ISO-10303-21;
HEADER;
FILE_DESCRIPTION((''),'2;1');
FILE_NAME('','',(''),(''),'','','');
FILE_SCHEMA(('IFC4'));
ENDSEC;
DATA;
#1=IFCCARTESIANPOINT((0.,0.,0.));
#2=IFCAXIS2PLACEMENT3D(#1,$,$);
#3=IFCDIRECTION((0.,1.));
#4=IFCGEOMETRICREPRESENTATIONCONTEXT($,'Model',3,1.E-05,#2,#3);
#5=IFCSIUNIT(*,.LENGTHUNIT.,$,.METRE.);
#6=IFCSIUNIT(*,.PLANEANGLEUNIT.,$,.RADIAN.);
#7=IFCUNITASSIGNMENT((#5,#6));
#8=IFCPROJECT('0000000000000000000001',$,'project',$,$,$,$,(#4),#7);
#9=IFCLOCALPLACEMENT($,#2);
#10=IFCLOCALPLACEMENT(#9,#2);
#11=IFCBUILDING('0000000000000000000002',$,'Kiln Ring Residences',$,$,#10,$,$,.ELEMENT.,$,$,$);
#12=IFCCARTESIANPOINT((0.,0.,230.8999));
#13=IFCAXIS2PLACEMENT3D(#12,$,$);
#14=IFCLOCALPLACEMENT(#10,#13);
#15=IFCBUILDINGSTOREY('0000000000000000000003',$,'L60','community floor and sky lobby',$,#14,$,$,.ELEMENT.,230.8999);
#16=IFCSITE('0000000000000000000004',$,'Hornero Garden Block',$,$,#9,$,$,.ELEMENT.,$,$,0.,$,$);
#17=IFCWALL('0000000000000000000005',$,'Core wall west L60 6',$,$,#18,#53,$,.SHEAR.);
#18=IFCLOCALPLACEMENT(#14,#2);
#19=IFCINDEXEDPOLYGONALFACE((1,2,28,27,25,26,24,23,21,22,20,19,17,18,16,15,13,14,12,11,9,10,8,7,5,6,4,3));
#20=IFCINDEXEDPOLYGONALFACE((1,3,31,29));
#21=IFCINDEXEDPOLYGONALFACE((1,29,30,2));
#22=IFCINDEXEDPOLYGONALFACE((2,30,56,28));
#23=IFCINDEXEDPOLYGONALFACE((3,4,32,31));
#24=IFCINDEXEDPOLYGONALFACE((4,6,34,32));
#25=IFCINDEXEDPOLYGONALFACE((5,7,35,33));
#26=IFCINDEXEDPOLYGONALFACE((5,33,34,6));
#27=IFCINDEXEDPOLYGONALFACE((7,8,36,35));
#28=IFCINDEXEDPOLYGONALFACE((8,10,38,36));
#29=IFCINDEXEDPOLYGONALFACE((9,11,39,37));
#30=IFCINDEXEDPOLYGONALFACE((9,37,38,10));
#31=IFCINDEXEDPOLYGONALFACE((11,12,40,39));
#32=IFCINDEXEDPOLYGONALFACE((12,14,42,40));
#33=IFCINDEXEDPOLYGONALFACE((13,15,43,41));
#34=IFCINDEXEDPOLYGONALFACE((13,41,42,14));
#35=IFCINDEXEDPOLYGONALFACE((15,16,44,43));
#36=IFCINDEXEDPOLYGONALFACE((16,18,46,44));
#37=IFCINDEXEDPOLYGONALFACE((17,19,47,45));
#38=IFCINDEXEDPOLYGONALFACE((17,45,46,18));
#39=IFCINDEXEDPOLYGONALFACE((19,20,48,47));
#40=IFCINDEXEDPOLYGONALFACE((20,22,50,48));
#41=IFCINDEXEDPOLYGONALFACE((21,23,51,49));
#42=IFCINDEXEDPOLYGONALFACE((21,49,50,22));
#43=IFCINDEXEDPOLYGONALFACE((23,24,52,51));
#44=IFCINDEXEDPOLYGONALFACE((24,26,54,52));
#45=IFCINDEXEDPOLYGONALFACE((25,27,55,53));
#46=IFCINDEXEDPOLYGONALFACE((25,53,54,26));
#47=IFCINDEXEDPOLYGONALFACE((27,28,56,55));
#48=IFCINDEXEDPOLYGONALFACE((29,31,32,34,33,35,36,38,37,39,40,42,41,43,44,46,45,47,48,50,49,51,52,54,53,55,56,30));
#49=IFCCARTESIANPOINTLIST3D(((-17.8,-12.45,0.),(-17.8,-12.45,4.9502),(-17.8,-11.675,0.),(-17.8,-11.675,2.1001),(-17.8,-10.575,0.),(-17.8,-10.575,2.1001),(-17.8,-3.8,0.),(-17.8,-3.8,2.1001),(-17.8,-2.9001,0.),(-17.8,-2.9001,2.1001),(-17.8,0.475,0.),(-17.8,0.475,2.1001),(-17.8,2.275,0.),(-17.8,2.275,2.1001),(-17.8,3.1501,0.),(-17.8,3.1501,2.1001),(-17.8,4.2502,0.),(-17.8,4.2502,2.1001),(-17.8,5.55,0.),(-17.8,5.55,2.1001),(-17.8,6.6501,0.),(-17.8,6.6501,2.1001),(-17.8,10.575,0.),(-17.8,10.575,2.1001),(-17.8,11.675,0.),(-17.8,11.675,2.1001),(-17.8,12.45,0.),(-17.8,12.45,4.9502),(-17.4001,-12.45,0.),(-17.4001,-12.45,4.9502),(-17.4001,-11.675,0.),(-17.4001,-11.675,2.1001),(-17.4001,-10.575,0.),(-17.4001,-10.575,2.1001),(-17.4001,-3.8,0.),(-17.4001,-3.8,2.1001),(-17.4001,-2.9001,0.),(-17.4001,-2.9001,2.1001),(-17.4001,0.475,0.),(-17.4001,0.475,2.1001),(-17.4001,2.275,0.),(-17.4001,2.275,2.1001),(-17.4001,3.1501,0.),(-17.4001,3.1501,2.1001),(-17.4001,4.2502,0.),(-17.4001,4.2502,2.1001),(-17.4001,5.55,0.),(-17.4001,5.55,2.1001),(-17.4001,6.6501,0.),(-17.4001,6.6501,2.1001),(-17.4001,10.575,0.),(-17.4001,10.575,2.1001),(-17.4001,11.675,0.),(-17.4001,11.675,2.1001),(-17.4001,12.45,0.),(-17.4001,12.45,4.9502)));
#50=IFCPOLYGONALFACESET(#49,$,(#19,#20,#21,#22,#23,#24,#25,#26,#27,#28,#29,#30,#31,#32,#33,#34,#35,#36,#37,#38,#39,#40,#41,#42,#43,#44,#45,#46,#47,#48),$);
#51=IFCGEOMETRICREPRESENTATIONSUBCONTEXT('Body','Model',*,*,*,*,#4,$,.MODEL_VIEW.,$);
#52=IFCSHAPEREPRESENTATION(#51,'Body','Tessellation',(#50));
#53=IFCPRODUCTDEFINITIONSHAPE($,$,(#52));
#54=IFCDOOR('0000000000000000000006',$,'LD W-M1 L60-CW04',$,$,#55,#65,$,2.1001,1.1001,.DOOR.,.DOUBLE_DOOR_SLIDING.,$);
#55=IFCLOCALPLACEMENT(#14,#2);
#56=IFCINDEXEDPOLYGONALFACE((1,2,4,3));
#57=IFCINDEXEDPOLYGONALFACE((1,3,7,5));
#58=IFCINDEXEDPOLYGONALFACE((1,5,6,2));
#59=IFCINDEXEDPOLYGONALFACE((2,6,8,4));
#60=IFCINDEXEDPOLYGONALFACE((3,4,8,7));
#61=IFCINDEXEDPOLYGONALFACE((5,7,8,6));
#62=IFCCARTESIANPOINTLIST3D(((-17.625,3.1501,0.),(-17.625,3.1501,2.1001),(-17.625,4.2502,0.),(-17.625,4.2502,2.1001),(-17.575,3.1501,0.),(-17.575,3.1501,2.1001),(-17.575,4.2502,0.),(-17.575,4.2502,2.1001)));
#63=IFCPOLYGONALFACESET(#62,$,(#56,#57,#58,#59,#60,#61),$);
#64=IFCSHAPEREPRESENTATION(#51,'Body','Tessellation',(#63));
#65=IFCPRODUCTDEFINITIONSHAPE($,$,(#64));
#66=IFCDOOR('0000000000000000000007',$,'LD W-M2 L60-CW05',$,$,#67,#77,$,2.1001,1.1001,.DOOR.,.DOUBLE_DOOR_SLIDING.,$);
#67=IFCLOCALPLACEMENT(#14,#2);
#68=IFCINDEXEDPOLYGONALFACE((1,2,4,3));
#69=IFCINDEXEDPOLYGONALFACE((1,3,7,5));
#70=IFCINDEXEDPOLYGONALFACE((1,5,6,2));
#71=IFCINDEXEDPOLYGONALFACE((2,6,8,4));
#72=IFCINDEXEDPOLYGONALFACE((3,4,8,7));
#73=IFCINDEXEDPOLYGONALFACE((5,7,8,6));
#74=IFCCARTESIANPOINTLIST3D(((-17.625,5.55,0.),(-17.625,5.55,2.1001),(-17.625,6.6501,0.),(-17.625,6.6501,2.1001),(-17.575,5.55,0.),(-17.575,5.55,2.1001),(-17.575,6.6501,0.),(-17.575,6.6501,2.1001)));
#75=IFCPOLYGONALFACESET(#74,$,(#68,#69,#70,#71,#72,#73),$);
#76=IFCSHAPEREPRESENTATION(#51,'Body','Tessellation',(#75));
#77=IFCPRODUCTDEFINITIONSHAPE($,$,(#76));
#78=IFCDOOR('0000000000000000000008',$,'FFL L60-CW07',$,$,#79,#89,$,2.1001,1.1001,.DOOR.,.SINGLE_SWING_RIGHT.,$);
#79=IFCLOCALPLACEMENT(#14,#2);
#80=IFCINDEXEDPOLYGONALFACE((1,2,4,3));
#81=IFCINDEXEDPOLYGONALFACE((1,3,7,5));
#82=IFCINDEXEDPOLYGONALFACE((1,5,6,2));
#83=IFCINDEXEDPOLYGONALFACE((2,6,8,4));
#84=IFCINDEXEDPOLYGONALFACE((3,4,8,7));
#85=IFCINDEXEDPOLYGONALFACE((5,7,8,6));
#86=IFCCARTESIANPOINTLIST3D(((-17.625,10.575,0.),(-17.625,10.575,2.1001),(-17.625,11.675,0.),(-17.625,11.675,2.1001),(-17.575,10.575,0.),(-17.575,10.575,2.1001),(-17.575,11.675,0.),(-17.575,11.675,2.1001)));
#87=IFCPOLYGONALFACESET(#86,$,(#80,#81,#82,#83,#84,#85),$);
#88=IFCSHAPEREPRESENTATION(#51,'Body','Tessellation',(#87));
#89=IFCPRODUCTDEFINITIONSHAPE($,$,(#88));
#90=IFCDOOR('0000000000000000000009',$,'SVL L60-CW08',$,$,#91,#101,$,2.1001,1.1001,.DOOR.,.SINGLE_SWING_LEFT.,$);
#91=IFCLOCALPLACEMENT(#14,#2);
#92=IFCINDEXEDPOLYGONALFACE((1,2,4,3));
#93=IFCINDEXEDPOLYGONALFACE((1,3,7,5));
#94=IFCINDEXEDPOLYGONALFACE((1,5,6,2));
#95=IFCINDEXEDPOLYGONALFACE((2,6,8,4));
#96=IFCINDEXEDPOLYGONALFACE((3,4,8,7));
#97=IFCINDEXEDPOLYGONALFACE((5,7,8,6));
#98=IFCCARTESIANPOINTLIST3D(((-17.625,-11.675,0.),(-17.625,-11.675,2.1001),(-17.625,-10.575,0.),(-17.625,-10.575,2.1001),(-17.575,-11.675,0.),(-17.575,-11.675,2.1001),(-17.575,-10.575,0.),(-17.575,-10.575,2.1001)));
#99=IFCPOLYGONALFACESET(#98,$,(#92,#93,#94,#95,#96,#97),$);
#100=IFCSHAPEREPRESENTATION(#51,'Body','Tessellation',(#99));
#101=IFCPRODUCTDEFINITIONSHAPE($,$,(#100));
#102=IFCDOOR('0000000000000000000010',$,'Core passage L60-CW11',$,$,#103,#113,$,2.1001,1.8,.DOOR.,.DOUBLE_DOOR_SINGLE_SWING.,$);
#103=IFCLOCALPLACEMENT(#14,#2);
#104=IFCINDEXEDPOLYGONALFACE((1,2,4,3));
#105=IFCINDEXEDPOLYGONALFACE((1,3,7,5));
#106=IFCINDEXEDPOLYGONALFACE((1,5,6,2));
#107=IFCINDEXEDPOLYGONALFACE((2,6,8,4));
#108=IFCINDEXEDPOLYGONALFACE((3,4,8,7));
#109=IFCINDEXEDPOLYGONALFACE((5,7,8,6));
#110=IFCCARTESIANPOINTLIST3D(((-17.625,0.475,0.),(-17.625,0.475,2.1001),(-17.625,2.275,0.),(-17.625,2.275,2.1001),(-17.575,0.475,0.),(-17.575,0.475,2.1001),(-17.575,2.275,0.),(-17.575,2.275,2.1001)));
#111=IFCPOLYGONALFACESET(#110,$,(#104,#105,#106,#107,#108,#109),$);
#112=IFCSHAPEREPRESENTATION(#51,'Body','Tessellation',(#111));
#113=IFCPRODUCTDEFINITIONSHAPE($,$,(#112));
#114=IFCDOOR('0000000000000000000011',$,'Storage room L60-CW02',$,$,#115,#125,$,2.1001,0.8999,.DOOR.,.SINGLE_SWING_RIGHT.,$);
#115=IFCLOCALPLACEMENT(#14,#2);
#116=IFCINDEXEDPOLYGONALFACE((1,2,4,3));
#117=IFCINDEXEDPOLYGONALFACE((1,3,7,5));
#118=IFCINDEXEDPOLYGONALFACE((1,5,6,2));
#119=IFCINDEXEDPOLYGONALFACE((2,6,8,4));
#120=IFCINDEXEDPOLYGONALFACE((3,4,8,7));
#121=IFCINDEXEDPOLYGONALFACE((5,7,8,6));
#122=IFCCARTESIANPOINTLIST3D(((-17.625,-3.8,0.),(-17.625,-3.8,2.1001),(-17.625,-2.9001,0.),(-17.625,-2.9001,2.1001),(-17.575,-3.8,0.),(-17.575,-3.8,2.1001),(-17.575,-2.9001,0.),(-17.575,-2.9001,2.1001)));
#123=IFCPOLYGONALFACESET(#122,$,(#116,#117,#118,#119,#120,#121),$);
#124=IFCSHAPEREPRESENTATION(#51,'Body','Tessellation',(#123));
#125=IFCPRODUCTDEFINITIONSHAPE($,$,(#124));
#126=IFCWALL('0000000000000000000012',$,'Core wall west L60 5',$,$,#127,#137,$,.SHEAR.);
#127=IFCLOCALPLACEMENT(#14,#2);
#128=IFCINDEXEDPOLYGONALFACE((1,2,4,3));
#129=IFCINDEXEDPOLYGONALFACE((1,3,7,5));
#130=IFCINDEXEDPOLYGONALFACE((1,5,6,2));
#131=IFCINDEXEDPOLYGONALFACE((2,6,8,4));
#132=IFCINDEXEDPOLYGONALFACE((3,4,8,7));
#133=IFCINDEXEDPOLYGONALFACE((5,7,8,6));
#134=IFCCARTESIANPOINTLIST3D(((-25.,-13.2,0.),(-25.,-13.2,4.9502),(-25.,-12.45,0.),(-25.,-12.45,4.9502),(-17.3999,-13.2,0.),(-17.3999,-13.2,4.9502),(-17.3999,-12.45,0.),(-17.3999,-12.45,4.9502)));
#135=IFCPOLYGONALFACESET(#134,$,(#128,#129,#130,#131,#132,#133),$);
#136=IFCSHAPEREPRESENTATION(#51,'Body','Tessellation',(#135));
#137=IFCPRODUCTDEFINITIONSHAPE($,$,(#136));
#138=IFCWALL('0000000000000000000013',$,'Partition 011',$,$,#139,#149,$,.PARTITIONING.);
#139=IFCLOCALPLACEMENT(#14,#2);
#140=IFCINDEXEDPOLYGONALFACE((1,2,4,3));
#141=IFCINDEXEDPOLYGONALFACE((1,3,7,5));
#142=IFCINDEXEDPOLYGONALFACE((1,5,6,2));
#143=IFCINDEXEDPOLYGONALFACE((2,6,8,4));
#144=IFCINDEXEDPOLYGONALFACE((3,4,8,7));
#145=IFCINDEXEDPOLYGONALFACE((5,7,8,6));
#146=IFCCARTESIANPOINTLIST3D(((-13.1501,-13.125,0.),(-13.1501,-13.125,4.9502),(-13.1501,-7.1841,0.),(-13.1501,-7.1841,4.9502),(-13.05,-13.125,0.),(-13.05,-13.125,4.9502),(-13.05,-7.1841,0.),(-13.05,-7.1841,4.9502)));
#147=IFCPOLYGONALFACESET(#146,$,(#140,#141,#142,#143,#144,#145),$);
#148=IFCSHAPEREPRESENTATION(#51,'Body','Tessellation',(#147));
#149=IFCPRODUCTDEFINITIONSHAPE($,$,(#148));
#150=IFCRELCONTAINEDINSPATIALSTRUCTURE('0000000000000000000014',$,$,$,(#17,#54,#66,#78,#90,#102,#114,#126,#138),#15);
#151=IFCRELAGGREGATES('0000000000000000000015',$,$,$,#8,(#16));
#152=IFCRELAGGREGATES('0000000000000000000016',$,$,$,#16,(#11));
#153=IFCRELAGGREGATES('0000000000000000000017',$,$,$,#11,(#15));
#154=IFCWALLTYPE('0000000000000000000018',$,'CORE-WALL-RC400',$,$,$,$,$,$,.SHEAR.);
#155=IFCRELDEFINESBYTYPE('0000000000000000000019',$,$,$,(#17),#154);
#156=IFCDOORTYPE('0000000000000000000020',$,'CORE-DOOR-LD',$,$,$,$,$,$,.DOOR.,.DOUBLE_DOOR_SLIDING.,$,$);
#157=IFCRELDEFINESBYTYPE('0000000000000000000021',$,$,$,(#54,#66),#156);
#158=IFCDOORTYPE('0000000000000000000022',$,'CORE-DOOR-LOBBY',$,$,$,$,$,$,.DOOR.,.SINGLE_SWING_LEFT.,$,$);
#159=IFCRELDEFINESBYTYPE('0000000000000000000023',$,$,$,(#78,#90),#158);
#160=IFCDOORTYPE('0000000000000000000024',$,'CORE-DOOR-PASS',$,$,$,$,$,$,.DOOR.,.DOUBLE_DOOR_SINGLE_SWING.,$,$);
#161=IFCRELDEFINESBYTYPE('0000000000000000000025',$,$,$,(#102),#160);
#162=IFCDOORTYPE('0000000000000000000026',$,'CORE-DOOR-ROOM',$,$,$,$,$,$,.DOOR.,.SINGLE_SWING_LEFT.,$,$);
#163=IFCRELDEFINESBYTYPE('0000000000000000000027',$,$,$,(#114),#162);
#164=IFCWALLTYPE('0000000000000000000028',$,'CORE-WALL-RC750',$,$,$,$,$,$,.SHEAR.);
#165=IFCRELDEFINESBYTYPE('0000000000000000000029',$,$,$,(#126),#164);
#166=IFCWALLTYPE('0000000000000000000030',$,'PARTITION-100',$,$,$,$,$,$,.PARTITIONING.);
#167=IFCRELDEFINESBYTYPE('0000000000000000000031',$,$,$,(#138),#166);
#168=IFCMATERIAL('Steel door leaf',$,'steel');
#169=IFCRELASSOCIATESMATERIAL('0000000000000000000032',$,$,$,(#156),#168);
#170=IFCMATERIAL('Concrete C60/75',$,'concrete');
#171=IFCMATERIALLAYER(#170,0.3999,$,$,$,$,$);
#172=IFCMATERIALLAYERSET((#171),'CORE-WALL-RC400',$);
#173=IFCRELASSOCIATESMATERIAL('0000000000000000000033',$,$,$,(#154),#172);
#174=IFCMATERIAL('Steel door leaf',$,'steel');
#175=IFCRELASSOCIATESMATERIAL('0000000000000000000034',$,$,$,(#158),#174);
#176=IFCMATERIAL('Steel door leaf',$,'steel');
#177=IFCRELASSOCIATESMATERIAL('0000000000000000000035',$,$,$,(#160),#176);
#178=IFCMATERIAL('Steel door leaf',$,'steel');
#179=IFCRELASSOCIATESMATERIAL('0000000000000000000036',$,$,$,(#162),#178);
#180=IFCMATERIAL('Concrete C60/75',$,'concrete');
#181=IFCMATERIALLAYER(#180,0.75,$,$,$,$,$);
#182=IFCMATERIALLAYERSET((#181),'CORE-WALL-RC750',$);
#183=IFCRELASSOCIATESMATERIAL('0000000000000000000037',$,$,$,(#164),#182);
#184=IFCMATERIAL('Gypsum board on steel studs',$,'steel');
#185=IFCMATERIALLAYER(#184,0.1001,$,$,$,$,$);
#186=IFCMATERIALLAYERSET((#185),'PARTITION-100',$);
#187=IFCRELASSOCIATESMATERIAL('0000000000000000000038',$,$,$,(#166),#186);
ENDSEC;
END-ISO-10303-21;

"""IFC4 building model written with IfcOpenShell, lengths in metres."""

from ifc_helpers import new_model, si_unit, direction, frame, frame_2d, origin, place, context, subcontext, project, spatial, rectangle, extrude, material, layer, layer_set, type_object, element, fill, save


model = new_model("IFC4")

# Units and contexts
model_context = context("Model", 3, precision=1e-05, world=origin(), true_north=direction((0.0, 1.0)))
body_context = subcontext(model_context, "Body", "Model", "MODEL_VIEW")
ifc_project = project(units=[si_unit("LENGTHUNIT", "METRE"), si_unit("PLANEANGLEUNIT", "RADIAN")], contexts=[model_context])

# Site, building, storey
site_placement = place(None, origin())
site = spatial("IfcSite", under=ifc_project, at=site_placement, Name="Hornero Garden Block", CompositionType="ELEMENT", RefElevation=0.0)
building_placement = place(site_placement, origin())
building = spatial("IfcBuilding", under=site, at=building_placement, Name="Kiln Ring Residences", CompositionType="ELEMENT")
storey_placement = place(building_placement, frame((0.0, 0.0, 230.8999)))
storey = spatial("IfcBuildingStorey", under=building, at=storey_placement, Name="L60", Description="community floor and sky lobby", CompositionType="ELEMENT", Elevation=230.8999)

# Wall, openings, doors
ifc_material_1 = material(Name="Steel door leaf", Category="steel")
door_type_1 = type_object("IfcDoorType", Name="CORE-DOOR-LD", OperationType="DOUBLE_DOOR_SLIDING", PredefinedType="DOOR", material=ifc_material_1)
ifc_material_2 = material(Name="Concrete C60/75", Category="concrete")
ifc_layer_1 = layer(ifc_material_2, 0.3999)
ifc_layer_set_1 = layer_set([ifc_layer_1], Name="CORE-WALL-RC400")
wall_type_1 = type_object("IfcWallType", Name="CORE-WALL-RC400", PredefinedType="SHEAR", material=ifc_layer_set_1)
wall_1_placement = place(storey_placement, frame((-17.6001, -12.45, 0.0), z_axis=(0.0, 0.0, 1.0), x_axis=(0.0, 1.0, 0.0)))
wall_1 = element("IfcWall", 1, at=wall_1_placement, inside=storey, type_object=wall_type_1, Name="Core wall west L60 6", PredefinedType="SHEAR", context=body_context, shape_type="SweptSolid", body=[
    extrude(rectangle(XDim=24.8999, YDim=0.3999, at=frame_2d((12.45, 0.0))), origin(), (0.0, 0.0, 1.0), 4.9502),
])
opening_1_placement = place(wall_1_placement, frame((8.6499, 0.0, 0.0)))
opening_1 = element("IfcOpeningElement", 2, at=opening_1_placement, cuts=wall_1, PredefinedType="OPENING", context=body_context, shape_type="SweptSolid", body=[
    extrude(rectangle(XDim=0.8999, YDim=2.1001, at=frame_2d((0.45, 1.05))), frame((0.0, 0.21, 0.0), z_axis=(0.0, -1.0, 0.0), x_axis=(1.0, 0.0, 0.0)), (0.0, 0.0, 1.0), 0.4199),
])
opening_2_placement = place(wall_1_placement, frame((15.6001, 0.0, 0.0)))
opening_2 = element("IfcOpeningElement", 3, at=opening_2_placement, cuts=wall_1, PredefinedType="OPENING", context=body_context, shape_type="SweptSolid", body=[
    extrude(rectangle(XDim=1.1001, YDim=2.1001, at=frame_2d((0.55, 1.05))), frame((0.0, 0.21, 0.0), z_axis=(0.0, -1.0, 0.0), x_axis=(1.0, 0.0, 0.0)), (0.0, 0.0, 1.0), 0.4199),
])
opening_3_placement = place(wall_1_placement, frame((18.0, 0.0, 0.0)))
opening_3 = element("IfcOpeningElement", 4, at=opening_3_placement, cuts=wall_1, PredefinedType="OPENING", context=body_context, shape_type="SweptSolid", body=[
    extrude(rectangle(XDim=1.1001, YDim=2.1001, at=frame_2d((0.55, 1.05))), frame((0.0, 0.21, 0.0), z_axis=(0.0, -1.0, 0.0), x_axis=(1.0, 0.0, 0.0)), (0.0, 0.0, 1.0), 0.4199),
])
opening_4_placement = place(wall_1_placement, frame((23.0249, 0.0, 0.0)))
opening_4 = element("IfcOpeningElement", 5, at=opening_4_placement, cuts=wall_1, PredefinedType="OPENING", context=body_context, shape_type="SweptSolid", body=[
    extrude(rectangle(XDim=1.1001, YDim=2.1001, at=frame_2d((0.55, 1.05))), frame((0.0, 0.21, 0.0), z_axis=(0.0, -1.0, 0.0), x_axis=(1.0, 0.0, 0.0)), (0.0, 0.0, 1.0), 0.4199),
])
opening_5_placement = place(wall_1_placement, frame((0.7749, 0.0, 0.0)))
opening_5 = element("IfcOpeningElement", 6, at=opening_5_placement, cuts=wall_1, PredefinedType="OPENING", context=body_context, shape_type="SweptSolid", body=[
    extrude(rectangle(XDim=1.1001, YDim=2.1001, at=frame_2d((0.55, 1.05))), frame((0.0, 0.21, 0.0), z_axis=(0.0, -1.0, 0.0), x_axis=(1.0, 0.0, 0.0)), (0.0, 0.0, 1.0), 0.4199),
])
opening_6_placement = place(wall_1_placement, frame((12.925, 0.0, 0.0)))
opening_6 = element("IfcOpeningElement", 7, at=opening_6_placement, cuts=wall_1, PredefinedType="OPENING", context=body_context, shape_type="SweptSolid", body=[
    extrude(rectangle(XDim=1.8, YDim=2.1001, at=frame_2d((0.8999, 1.05))), frame((0.0, 0.21, 0.0), z_axis=(0.0, -1.0, 0.0), x_axis=(1.0, 0.0, 0.0)), (0.0, 0.0, 1.0), 0.4199),
])
door_1_placement = place(opening_2_placement, origin())
door_1 = element("IfcDoor", 8, at=door_1_placement, inside=storey, type_object=door_type_1, Name="LD W-M1 L60-CW04", OperationType="DOUBLE_DOOR_SLIDING", OverallHeight=2.1001, OverallWidth=1.1001, PredefinedType="DOOR", context=body_context, shape_type="SweptSolid", body=[
    extrude(rectangle(XDim=1.1001, YDim=2.1001, at=frame_2d((0.55, 1.05))), frame((0.0, 0.0249, 0.0), z_axis=(0.0, -1.0, 0.0), x_axis=(1.0, 0.0, 0.0)), (0.0, 0.0, 1.0), 0.05),
])
fill(opening_2, door_1)
door_2_placement = place(opening_3_placement, origin())
door_2 = element("IfcDoor", 9, at=door_2_placement, inside=storey, type_object=door_type_1, Name="LD W-M2 L60-CW05", OperationType="DOUBLE_DOOR_SLIDING", OverallHeight=2.1001, OverallWidth=1.1001, PredefinedType="DOOR", context=body_context, shape_type="SweptSolid", body=[
    extrude(rectangle(XDim=1.1001, YDim=2.1001, at=frame_2d((0.55, 1.05))), frame((0.0, 0.0249, 0.0), z_axis=(0.0, -1.0, 0.0), x_axis=(1.0, 0.0, 0.0)), (0.0, 0.0, 1.0), 0.05),
])
fill(opening_3, door_2)
ifc_material_3 = material(Name="Steel door leaf", Category="steel")
door_type_2 = type_object("IfcDoorType", Name="CORE-DOOR-LOBBY", OperationType="SINGLE_SWING_LEFT", PredefinedType="DOOR", material=ifc_material_3)
door_3_placement = place(opening_4_placement, origin())
door_3 = element("IfcDoor", 10, at=door_3_placement, inside=storey, type_object=door_type_2, Name="FFL L60-CW07", OperationType="SINGLE_SWING_RIGHT", OverallHeight=2.1001, OverallWidth=1.1001, PredefinedType="DOOR", context=body_context, shape_type="SweptSolid", body=[
    extrude(rectangle(XDim=1.1001, YDim=2.1001, at=frame_2d((0.55, 1.05))), frame((0.0, 0.0249, 0.0), z_axis=(0.0, -1.0, 0.0), x_axis=(1.0, 0.0, 0.0)), (0.0, 0.0, 1.0), 0.05),
])
fill(opening_4, door_3)
door_4_placement = place(opening_5_placement, origin())
door_4 = element("IfcDoor", 11, at=door_4_placement, inside=storey, type_object=door_type_2, Name="SVL L60-CW08", OperationType="SINGLE_SWING_LEFT", OverallHeight=2.1001, OverallWidth=1.1001, PredefinedType="DOOR", context=body_context, shape_type="SweptSolid", body=[
    extrude(rectangle(XDim=1.1001, YDim=2.1001, at=frame_2d((0.55, 1.05))), frame((0.0, 0.0249, 0.0), z_axis=(0.0, -1.0, 0.0), x_axis=(1.0, 0.0, 0.0)), (0.0, 0.0, 1.0), 0.05),
])
fill(opening_5, door_4)
ifc_material_4 = material(Name="Steel door leaf", Category="steel")
door_type_3 = type_object("IfcDoorType", Name="CORE-DOOR-PASS", OperationType="DOUBLE_DOOR_SINGLE_SWING", PredefinedType="DOOR", material=ifc_material_4)
door_5_placement = place(opening_6_placement, origin())
door_5 = element("IfcDoor", 12, at=door_5_placement, inside=storey, type_object=door_type_3, Name="Core passage L60-CW11", OperationType="DOUBLE_DOOR_SINGLE_SWING", OverallHeight=2.1001, OverallWidth=1.8, PredefinedType="DOOR", context=body_context, shape_type="SweptSolid", body=[
    extrude(rectangle(XDim=1.8, YDim=2.1001, at=frame_2d((0.8999, 1.05))), frame((0.0, 0.0249, 0.0), z_axis=(0.0, -1.0, 0.0), x_axis=(1.0, 0.0, 0.0)), (0.0, 0.0, 1.0), 0.05),
])
fill(opening_6, door_5)
ifc_material_5 = material(Name="Steel door leaf", Category="steel")
door_type_4 = type_object("IfcDoorType", Name="CORE-DOOR-ROOM", OperationType="SINGLE_SWING_LEFT", PredefinedType="DOOR", material=ifc_material_5)
door_6_placement = place(opening_1_placement, origin())
door_6 = element("IfcDoor", 13, at=door_6_placement, inside=storey, type_object=door_type_4, Name="Storage room L60-CW02", OperationType="SINGLE_SWING_RIGHT", OverallHeight=2.1001, OverallWidth=0.8999, PredefinedType="DOOR", context=body_context, shape_type="SweptSolid", body=[
    extrude(rectangle(XDim=0.8999, YDim=2.1001, at=frame_2d((0.45, 1.05))), frame((0.0, 0.0249, 0.0), z_axis=(0.0, -1.0, 0.0), x_axis=(1.0, 0.0, 0.0)), (0.0, 0.0, 1.0), 0.05),
])
fill(opening_1, door_6)

# Walls
ifc_material_6 = material(Name="Concrete C60/75", Category="concrete")
ifc_layer_2 = layer(ifc_material_6, 0.75)
ifc_layer_set_2 = layer_set([ifc_layer_2], Name="CORE-WALL-RC750")
wall_type_2 = type_object("IfcWallType", Name="CORE-WALL-RC750", PredefinedType="SHEAR", material=ifc_layer_set_2)
wall_2_placement = place(storey_placement, frame((-17.3999, -12.825, 0.0), z_axis=(0.0, 0.0, 1.0), x_axis=(-1.0, 0.0, 0.0)))
element("IfcWall", 14, at=wall_2_placement, inside=storey, type_object=wall_type_2, Name="Core wall west L60 5", PredefinedType="SHEAR", context=body_context, shape_type="SweptSolid", body=[
    extrude(rectangle(XDim=7.6001, YDim=0.75, at=frame_2d((3.8, 0.0))), origin(), (0.0, 0.0, 1.0), 4.9502),
])
ifc_material_7 = material(Name="Gypsum board on steel studs", Category="steel")
ifc_layer_3 = layer(ifc_material_7, 0.1001)
ifc_layer_set_3 = layer_set([ifc_layer_3], Name="PARTITION-100")
wall_type_3 = type_object("IfcWallType", Name="PARTITION-100", PredefinedType="PARTITIONING", material=ifc_layer_set_3)
wall_3_placement = place(storey_placement, frame((-13.1001, -13.125, 0.0), z_axis=(0.0, 0.0, 1.0), x_axis=(0.0, 1.0, 0.0)))
element("IfcWall", 15, at=wall_3_placement, inside=storey, type_object=wall_type_3, Name="Partition 011", PredefinedType="PARTITIONING", context=body_context, shape_type="SweptSolid", body=[
    extrude(rectangle(XDim=5.9409, YDim=0.1001, at=frame_2d((2.9705, 0.0))), origin(), (0.0, 0.0, 1.0), 4.9502),
])

save(model, "model.ifc")
